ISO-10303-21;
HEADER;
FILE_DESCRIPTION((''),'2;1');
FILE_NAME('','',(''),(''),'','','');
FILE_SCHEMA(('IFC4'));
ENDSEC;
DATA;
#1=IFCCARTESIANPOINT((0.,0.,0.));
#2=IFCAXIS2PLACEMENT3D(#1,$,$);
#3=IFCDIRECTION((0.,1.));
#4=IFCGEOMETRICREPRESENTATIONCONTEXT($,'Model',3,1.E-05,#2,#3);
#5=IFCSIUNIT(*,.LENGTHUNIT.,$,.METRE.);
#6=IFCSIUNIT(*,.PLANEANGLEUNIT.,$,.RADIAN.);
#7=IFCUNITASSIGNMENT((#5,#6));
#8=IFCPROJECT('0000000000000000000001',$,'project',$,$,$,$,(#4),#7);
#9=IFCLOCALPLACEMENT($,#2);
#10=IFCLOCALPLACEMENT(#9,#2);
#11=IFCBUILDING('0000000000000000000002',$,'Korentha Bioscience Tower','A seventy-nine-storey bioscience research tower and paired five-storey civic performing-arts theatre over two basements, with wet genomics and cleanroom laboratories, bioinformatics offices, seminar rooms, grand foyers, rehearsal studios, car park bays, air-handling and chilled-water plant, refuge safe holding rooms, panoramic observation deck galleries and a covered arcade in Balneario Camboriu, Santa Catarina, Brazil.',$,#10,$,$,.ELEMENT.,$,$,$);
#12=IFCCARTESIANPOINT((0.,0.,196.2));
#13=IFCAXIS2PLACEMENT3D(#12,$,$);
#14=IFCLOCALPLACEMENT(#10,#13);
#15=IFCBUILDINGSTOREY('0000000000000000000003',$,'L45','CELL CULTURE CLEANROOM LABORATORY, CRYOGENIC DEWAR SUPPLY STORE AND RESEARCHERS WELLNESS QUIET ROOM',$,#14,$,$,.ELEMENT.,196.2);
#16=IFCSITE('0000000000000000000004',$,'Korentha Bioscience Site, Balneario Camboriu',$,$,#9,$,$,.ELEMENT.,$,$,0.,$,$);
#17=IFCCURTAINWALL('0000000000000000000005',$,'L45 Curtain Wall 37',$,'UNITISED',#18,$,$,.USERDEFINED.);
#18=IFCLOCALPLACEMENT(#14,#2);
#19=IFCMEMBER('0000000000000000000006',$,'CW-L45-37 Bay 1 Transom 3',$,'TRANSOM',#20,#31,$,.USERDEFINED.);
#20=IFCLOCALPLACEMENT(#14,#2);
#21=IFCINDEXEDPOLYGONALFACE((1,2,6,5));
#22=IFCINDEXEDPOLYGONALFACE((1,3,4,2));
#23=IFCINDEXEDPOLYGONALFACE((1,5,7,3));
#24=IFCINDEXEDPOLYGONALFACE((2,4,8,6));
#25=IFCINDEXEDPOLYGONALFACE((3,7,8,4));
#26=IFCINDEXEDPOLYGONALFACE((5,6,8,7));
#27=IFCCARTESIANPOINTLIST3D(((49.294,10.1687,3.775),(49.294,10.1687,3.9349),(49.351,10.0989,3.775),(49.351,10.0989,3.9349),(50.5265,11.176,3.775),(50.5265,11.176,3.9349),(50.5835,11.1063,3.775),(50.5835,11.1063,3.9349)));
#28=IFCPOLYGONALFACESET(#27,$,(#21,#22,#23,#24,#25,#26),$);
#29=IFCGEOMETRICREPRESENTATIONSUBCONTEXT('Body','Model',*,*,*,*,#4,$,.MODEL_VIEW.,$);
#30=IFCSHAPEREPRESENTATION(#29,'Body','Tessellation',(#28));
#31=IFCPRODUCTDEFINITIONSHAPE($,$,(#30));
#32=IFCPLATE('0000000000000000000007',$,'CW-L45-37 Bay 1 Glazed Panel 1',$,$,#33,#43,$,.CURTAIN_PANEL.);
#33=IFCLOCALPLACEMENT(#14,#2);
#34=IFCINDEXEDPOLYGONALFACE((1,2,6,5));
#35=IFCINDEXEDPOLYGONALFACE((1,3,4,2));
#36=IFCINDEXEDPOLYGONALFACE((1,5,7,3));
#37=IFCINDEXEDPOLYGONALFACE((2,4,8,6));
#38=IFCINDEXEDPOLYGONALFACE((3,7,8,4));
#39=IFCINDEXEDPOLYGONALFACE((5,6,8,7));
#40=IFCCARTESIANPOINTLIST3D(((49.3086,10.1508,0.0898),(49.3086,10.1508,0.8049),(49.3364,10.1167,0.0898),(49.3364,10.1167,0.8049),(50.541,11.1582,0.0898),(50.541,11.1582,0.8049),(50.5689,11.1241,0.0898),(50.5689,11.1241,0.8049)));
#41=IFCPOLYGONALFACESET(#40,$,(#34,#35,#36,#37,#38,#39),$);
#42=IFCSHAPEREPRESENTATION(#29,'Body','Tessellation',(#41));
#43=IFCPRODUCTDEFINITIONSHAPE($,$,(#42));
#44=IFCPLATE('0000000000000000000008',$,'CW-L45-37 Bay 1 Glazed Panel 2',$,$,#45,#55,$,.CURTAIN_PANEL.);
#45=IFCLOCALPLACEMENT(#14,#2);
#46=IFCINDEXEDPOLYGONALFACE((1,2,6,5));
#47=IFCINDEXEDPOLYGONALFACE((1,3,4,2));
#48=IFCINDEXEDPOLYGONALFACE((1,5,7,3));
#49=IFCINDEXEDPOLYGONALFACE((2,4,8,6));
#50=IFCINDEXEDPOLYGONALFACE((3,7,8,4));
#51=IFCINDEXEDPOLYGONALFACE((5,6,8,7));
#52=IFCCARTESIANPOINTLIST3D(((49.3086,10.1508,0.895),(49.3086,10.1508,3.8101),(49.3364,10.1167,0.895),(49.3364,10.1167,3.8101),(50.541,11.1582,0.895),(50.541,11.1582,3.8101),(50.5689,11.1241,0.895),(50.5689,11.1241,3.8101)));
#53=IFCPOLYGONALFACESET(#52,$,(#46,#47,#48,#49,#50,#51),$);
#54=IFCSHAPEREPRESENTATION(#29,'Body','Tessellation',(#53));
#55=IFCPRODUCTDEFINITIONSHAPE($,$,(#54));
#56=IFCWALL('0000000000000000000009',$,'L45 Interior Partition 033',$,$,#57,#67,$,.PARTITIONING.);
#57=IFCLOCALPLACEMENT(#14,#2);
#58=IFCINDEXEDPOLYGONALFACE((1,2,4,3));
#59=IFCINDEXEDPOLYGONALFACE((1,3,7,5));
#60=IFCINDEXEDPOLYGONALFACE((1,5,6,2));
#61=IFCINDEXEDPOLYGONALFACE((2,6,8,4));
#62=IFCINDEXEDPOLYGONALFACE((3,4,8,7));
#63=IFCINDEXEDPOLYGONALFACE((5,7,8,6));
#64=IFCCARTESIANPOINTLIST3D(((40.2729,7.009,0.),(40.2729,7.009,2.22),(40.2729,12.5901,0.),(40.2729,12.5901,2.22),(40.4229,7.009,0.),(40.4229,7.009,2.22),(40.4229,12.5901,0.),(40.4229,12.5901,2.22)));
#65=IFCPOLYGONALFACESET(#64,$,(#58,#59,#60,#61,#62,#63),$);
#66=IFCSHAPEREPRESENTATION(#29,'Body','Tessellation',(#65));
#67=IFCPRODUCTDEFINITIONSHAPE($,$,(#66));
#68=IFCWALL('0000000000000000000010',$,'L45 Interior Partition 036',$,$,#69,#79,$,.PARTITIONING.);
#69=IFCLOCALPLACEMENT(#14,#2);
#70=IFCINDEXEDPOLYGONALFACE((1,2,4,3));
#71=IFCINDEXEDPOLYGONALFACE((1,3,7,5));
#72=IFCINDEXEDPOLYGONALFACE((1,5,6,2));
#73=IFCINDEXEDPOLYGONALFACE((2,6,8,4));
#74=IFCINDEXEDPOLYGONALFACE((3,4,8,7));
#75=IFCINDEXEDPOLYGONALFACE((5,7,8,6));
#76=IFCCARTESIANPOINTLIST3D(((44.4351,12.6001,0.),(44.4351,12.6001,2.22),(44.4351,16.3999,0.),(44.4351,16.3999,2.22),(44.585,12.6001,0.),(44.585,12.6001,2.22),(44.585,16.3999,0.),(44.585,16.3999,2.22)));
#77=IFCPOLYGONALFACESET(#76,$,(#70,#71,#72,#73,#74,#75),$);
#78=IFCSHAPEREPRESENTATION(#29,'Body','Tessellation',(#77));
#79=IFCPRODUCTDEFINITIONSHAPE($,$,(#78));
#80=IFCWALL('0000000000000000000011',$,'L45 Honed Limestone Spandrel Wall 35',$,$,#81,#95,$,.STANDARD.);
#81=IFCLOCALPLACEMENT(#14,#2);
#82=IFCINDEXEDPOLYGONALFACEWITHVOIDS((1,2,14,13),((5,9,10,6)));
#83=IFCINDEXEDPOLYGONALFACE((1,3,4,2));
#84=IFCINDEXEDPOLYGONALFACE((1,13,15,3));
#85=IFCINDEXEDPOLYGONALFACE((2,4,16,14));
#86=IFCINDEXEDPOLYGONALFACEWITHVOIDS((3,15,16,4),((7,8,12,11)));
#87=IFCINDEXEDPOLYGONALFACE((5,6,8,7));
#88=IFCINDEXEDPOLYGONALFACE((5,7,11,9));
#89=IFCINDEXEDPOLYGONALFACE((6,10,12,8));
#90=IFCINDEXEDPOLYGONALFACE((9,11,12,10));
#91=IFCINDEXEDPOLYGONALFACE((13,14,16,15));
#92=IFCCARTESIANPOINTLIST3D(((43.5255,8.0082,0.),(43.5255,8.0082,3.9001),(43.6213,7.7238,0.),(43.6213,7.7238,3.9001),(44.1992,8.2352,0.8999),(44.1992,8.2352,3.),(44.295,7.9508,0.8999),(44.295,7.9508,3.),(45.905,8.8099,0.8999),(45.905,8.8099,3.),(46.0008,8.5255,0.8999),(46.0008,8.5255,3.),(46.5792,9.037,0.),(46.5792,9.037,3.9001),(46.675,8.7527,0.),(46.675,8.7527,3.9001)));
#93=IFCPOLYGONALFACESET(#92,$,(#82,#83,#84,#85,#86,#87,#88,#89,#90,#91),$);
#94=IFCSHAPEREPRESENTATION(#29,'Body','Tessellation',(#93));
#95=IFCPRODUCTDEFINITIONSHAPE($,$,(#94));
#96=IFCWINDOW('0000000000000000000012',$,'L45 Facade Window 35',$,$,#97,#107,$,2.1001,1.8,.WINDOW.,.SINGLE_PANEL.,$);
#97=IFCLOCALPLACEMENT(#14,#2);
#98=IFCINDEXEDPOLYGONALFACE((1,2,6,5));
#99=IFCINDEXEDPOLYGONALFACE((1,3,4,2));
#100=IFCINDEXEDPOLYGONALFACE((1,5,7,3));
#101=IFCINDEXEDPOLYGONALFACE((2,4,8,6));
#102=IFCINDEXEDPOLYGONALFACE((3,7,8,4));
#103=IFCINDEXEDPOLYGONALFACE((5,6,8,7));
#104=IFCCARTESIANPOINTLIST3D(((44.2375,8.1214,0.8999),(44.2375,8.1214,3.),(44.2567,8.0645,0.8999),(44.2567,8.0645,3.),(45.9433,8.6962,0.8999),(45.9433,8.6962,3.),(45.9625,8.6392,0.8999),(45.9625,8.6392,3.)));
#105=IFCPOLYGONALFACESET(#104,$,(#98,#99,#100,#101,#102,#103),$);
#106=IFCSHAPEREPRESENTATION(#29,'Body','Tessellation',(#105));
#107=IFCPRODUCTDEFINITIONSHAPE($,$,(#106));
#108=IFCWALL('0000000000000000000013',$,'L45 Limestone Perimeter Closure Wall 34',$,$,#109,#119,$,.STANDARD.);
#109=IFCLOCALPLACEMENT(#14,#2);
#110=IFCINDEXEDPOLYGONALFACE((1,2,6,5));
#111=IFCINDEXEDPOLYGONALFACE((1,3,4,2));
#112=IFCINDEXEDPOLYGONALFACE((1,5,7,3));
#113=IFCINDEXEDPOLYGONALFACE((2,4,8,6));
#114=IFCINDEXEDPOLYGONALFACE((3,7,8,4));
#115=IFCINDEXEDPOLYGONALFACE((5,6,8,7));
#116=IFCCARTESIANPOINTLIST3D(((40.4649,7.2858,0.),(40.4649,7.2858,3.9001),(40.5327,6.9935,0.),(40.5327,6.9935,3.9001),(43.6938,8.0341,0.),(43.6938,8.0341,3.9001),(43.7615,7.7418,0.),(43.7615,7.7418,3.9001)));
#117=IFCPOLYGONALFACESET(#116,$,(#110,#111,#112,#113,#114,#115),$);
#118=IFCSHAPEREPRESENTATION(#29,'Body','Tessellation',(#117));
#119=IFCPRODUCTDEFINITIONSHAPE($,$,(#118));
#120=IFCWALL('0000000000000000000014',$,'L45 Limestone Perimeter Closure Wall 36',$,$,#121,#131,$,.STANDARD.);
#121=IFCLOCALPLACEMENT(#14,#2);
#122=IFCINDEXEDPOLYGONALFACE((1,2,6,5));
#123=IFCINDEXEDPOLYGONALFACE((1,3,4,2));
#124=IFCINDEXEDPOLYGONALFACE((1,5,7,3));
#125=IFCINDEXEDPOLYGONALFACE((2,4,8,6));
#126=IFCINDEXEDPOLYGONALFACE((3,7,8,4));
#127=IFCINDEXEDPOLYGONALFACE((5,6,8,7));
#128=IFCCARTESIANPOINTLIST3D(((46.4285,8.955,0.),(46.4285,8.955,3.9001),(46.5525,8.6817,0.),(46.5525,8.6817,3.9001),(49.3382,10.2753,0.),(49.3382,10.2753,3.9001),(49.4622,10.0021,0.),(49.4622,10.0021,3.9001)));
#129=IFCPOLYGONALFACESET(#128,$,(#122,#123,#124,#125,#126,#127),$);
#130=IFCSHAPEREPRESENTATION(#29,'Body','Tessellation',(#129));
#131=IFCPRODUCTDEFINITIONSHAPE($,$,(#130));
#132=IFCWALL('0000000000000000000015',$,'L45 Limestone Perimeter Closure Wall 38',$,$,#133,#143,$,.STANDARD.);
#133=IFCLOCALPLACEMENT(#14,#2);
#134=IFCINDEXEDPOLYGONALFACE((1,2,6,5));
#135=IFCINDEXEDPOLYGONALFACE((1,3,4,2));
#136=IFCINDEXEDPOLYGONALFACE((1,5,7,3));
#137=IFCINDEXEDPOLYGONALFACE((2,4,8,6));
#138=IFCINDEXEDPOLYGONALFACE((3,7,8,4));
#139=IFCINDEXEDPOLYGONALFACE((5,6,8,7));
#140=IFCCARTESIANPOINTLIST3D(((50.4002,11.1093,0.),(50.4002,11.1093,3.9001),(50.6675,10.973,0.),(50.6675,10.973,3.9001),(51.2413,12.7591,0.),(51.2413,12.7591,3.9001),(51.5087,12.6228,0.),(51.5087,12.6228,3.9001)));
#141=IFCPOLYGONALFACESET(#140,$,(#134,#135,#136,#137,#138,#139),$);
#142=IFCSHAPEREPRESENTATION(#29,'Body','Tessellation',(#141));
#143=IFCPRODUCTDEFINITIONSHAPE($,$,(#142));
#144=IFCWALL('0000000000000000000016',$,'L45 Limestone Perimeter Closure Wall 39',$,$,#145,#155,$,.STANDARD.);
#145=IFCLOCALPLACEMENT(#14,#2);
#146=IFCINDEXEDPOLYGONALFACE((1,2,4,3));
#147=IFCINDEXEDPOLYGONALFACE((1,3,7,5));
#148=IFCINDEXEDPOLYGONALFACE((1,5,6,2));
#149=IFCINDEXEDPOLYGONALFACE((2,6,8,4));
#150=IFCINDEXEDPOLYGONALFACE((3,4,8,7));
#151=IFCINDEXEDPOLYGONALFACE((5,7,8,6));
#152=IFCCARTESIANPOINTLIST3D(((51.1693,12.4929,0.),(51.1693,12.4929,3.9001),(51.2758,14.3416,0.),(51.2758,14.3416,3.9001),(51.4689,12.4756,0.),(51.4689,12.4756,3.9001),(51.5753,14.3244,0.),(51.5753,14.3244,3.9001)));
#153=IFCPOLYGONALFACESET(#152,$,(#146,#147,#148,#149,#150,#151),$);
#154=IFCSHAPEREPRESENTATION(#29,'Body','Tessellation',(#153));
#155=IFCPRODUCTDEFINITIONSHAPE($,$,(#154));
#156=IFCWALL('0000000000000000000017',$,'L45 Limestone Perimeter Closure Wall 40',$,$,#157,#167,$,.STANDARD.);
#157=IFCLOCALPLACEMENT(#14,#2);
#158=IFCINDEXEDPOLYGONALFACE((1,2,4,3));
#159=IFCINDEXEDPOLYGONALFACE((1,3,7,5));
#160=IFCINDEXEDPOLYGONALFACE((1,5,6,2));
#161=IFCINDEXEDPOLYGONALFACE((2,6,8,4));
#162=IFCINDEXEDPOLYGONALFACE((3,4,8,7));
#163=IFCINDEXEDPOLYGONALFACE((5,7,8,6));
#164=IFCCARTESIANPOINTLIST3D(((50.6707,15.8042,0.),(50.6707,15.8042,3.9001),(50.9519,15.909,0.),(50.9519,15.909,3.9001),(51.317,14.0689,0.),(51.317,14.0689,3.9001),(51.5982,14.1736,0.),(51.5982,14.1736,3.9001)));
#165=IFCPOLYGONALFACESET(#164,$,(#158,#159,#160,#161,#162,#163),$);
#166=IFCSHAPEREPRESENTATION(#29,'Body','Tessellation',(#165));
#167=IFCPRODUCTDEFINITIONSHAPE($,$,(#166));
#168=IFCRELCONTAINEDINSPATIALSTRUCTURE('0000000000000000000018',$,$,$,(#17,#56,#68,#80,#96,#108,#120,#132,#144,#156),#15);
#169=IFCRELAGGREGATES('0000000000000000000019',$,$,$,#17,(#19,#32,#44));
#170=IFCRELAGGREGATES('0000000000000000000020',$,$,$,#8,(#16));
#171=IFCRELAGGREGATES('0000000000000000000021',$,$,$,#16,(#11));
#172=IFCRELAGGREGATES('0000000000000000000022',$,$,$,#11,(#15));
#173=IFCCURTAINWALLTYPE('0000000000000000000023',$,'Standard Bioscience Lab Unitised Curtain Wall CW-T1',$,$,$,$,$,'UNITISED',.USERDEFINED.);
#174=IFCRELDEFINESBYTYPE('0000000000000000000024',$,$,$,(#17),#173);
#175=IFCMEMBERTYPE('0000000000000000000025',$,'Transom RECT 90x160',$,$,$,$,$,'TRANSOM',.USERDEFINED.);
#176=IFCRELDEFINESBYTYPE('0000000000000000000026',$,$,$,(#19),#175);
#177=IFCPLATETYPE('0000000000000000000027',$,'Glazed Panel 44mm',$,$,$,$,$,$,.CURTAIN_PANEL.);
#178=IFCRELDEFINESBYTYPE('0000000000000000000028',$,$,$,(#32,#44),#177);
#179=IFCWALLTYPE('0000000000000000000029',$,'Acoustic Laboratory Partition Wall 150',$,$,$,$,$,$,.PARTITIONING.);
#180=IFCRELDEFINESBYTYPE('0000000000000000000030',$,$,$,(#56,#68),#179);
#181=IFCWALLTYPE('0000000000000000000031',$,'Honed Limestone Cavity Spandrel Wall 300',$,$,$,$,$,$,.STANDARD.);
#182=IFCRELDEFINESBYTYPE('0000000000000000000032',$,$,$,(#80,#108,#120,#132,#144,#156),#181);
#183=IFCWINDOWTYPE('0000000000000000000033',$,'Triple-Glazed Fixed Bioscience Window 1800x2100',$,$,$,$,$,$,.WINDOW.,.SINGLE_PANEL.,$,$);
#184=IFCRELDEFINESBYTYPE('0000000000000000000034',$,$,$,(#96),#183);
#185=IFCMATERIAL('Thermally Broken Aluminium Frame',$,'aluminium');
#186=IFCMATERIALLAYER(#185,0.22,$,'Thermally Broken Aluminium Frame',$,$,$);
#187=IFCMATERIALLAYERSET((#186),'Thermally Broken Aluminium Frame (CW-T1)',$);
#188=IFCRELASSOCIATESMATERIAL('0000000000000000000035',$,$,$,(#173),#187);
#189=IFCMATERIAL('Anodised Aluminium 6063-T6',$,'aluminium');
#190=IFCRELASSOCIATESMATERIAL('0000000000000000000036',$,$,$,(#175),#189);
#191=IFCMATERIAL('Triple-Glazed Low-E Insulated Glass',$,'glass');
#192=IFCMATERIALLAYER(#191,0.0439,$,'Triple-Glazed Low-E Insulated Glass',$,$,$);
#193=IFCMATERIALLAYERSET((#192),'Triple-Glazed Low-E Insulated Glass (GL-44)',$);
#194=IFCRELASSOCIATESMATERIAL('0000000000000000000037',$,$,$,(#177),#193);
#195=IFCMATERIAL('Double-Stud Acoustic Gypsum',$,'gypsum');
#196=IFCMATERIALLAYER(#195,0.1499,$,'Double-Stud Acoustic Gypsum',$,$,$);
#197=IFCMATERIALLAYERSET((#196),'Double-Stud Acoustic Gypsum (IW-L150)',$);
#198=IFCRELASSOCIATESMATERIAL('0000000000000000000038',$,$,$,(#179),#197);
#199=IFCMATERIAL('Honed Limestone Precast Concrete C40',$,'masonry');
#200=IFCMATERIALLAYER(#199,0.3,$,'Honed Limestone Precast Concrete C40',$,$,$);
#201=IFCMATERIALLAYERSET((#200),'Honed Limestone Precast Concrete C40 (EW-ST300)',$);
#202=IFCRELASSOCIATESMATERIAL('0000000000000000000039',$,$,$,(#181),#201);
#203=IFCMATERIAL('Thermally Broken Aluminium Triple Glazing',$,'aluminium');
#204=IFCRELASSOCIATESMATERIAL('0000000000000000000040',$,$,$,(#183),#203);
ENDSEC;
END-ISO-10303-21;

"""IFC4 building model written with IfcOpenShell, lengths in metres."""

from ifc_helpers import new_model, si_unit, direction, frame, frame_2d, origin, origin_2d, place, context, subcontext, project, spatial, rectangle, extrude, material, layer, layer_set, material_profile, profile_set, type_object, element, fill, aggregate, save


model = new_model("IFC4")

# Units and contexts
model_context = context("Model", 3, precision=1e-05, world=origin(), true_north=direction((0.0, 1.0)))
body_context = subcontext(model_context, "Body", "Model", "MODEL_VIEW")
ifc_project = project(units=[si_unit("LENGTHUNIT", "METRE"), si_unit("PLANEANGLEUNIT", "RADIAN")], contexts=[model_context])

# Site, building, storey
site_placement = place(None, origin())
site = spatial("IfcSite", under=ifc_project, at=site_placement, Name="Korentha Bioscience Site, Balneario Camboriu", CompositionType="ELEMENT", RefElevation=0.0)
building_placement = place(site_placement, origin())
building = spatial("IfcBuilding", under=site, at=building_placement, Name="Korentha Bioscience Tower", Description="A seventy-nine-storey bioscience research tower and paired five-storey civic performing-arts theatre over two basements, with wet genomics and cleanroom laboratories, bioinformatics offices, seminar rooms, grand foyers, rehearsal studios, car park bays, air-handling and chilled-water plant, refuge safe holding rooms, panoramic observation deck galleries and a covered arcade in Balneario Camboriu, Santa Catarina, Brazil.", CompositionType="ELEMENT")
storey_placement = place(building_placement, frame((0.0, 0.0, 196.2)))
storey = spatial("IfcBuildingStorey", under=building, at=storey_placement, Name="L45", Description="CELL CULTURE CLEANROOM LABORATORY, CRYOGENIC DEWAR SUPPLY STORE AND RESEARCHERS WELLNESS QUIET ROOM", CompositionType="ELEMENT", Elevation=196.2)

# Curtain wall, member, plates
ifc_material_1 = material(Name="Thermally Broken Aluminium Frame", Category="aluminium")
ifc_layer_1 = layer(ifc_material_1, 0.22, Name="Thermally Broken Aluminium Frame")
ifc_layer_set_1 = layer_set([ifc_layer_1], Name="Thermally Broken Aluminium Frame (CW-T1)")
curtain_wall_type = type_object("IfcCurtainWallType", Name="Standard Bioscience Lab Unitised Curtain Wall CW-T1", ElementType="UNITISED", PredefinedType="USERDEFINED", material=ifc_layer_set_1)
curtain_wall_placement = place(storey_placement, origin())
curtain_wall = element("IfcCurtainWall", 1, at=curtain_wall_placement, inside=storey, type_object=curtain_wall_type, Name="L45 Curtain Wall 37", ObjectType="UNITISED", PredefinedType="USERDEFINED")
ifc_material_2 = material(Name="Anodised Aluminium 6063-T6", Category="aluminium")
ifc_material_profile_1 = material_profile(ifc_material_2, rectangle(XDim=0.0901, YDim=0.1599, at=origin_2d()), Name="Anodised Aluminium 6063-T6")
ifc_profile_set_1 = profile_set([ifc_material_profile_1], Name="Anodised Aluminium 6063-T6 (CW-TRN)")
member_type_1 = type_object("IfcMemberType", Name="Transom RECT 90x160", ElementType="TRANSOM", PredefinedType="USERDEFINED", material=ifc_profile_set_1)
member_1_placement = place(storey_placement, frame((49.3225, 10.1338, 3.855), z_axis=(0.774272, 0.632853, 0.0), x_axis=(-0.632853, 0.774272, 0.0)))
member_1 = element("IfcMember", 2, at=member_1_placement, type_object=member_type_1, Name="CW-L45-37 Bay 1 Transom 3", ObjectType="TRANSOM", PredefinedType="USERDEFINED", context=body_context, shape_type="SweptSolid", body=[
    extrude(rectangle(XDim=0.0901, YDim=0.1599, at=origin_2d()), origin(), (0.0, 0.0, 1.0), 1.5918),
])
ifc_material_3 = material(Name="Triple-Glazed Low-E Insulated Glass", Category="glass")
ifc_layer_2 = layer(ifc_material_3, 0.0439, Name="Triple-Glazed Low-E Insulated Glass")
ifc_layer_set_2 = layer_set([ifc_layer_2], Name="Triple-Glazed Low-E Insulated Glass (GL-44)")
plate_type = type_object("IfcPlateType", Name="Glazed Panel 44mm", PredefinedType="CURTAIN_PANEL", material=ifc_layer_set_2)
plate_1_placement = place(storey_placement, frame((49.9387, 10.6375, 0.0898), z_axis=(0.0, 0.0, 1.0), x_axis=(0.774256, 0.632872, 0.0)))
plate_1 = element("IfcPlate", 3, at=plate_1_placement, type_object=plate_type, Name="CW-L45-37 Bay 1 Glazed Panel 1", PredefinedType="CURTAIN_PANEL", context=body_context, shape_type="SweptSolid", body=[
    extrude(rectangle(XDim=1.5918, YDim=0.0439, at=origin_2d()), origin(), (0.0, 0.0, 1.0), 0.7151),
])
plate_2_placement = place(storey_placement, frame((49.9387, 10.6375, 0.895), z_axis=(0.0, 0.0, 1.0), x_axis=(0.774256, 0.632872, 0.0)))
plate_2 = element("IfcPlate", 4, at=plate_2_placement, type_object=plate_type, Name="CW-L45-37 Bay 1 Glazed Panel 2", PredefinedType="CURTAIN_PANEL", context=body_context, shape_type="SweptSolid", body=[
    extrude(rectangle(XDim=1.5918, YDim=0.0439, at=origin_2d()), origin(), (0.0, 0.0, 1.0), 2.915),
])
aggregate(curtain_wall, [member_1, plate_1, plate_2])

# Shared definitions
ifc_material_4 = material(Name="Double-Stud Acoustic Gypsum", Category="gypsum")
ifc_layer_3 = layer(ifc_material_4, 0.1499, Name="Double-Stud Acoustic Gypsum")
ifc_layer_set_3 = layer_set([ifc_layer_3], Name="Double-Stud Acoustic Gypsum (IW-L150)")
wall_type_1 = type_object("IfcWallType", Name="Acoustic Laboratory Partition Wall 150", PredefinedType="PARTITIONING", material=ifc_layer_set_3)

# Walls
wall_1_placement = place(storey_placement, frame((40.3479, 12.5901, 0.0), z_axis=(0.0, 0.0, 1.0), x_axis=(0.0, -1.0, 0.0)))
element("IfcWall", 5, at=wall_1_placement, inside=storey, type_object=wall_type_1, Name="L45 Interior Partition 033", PredefinedType="PARTITIONING", context=body_context, shape_type="SweptSolid", body=[
    extrude(rectangle(XDim=5.5811, YDim=0.1499, at=frame_2d((2.7905, 0.0))), origin(), (0.0, 0.0, 1.0), 2.22),
])
wall_2_placement = place(storey_placement, frame((44.51, 12.6001, 0.0), z_axis=(0.0, 0.0, 1.0), x_axis=(0.0, 1.0, 0.0)))
element("IfcWall", 6, at=wall_2_placement, inside=storey, type_object=wall_type_1, Name="L45 Interior Partition 036", PredefinedType="PARTITIONING", context=body_context, shape_type="SweptSolid", body=[
    extrude(rectangle(XDim=3.7998, YDim=0.1499, at=frame_2d((1.8999, 0.0))), origin(), (0.0, 0.0, 1.0), 2.22),
])

# Wall, opening, window
ifc_material_5 = material(Name="Honed Limestone Precast Concrete C40", Category="masonry")
ifc_layer_4 = layer(ifc_material_5, 0.3, Name="Honed Limestone Precast Concrete C40")
ifc_layer_set_4 = layer_set([ifc_layer_4], Name="Honed Limestone Precast Concrete C40 (EW-ST300)")
wall_type_2 = type_object("IfcWallType", Name="Honed Limestone Cavity Spandrel Wall 300", PredefinedType="STANDARD", material=ifc_layer_set_4)
wall_3_placement = place(storey_placement, frame((43.5732, 7.866, 0.0), z_axis=(0.0, 0.0, 1.0), x_axis=(0.947663, 0.319272, 0.0)))
wall_3 = element("IfcWall", 7, at=wall_3_placement, inside=storey, type_object=wall_type_2, Name="L45 Honed Limestone Spandrel Wall 35", PredefinedType="STANDARD", context=body_context, shape_type="SweptSolid", body=[
    extrude(rectangle(XDim=3.2224, YDim=0.3, at=frame_2d((1.6113, 0.0))), origin(), (0.0, 0.0, 1.0), 3.9001),
])
opening_1_placement = place(wall_3_placement, frame((0.7112, 0.0, 0.8999)))
opening_1 = element("IfcOpeningElement", 8, at=opening_1_placement, cuts=wall_3, PredefinedType="OPENING", context=body_context, shape_type="SweptSolid", body=[
    extrude(rectangle(XDim=1.8, YDim=2.1001, at=frame_2d((0.8999, 1.05))), frame((0.0, 0.165, 0.0), z_axis=(0.0, -1.0, 0.0), x_axis=(1.0, 0.0, 0.0)), (0.0, 0.0, 1.0), 0.3298),
])
ifc_material_6 = material(Name="Thermally Broken Aluminium Triple Glazing", Category="aluminium")
window_type = type_object("IfcWindowType", Name="Triple-Glazed Fixed Bioscience Window 1800x2100", PartitioningType="SINGLE_PANEL", PredefinedType="WINDOW", material=ifc_material_6)
window_placement = place(opening_1_placement, origin())
window = element("IfcWindow", 9, at=window_placement, inside=storey, type_object=window_type, Name="L45 Facade Window 35", OverallHeight=2.1001, OverallWidth=1.8, PartitioningType="SINGLE_PANEL", PredefinedType="WINDOW", context=body_context, shape_type="SweptSolid", body=[
    extrude(rectangle(XDim=1.8, YDim=2.1001, at=frame_2d((0.8999, 1.05))), frame((0.0, 0.03, 0.0), z_axis=(0.0, -1.0, 0.0), x_axis=(1.0, 0.0, 0.0)), (0.0, 0.0, 1.0), 0.0601),
])
fill(opening_1, window)

# Walls
wall_4_placement = place(storey_placement, frame((40.4988, 7.1396, 0.0), z_axis=(0.0, 0.0, 1.0), x_axis=(0.97418, 0.225774, 0.0)))
element("IfcWall", 10, at=wall_4_placement, inside=storey, type_object=wall_type_2, Name="L45 Limestone Perimeter Closure Wall 34", PredefinedType="STANDARD", context=body_context, shape_type="SweptSolid", body=[
    extrude(rectangle(XDim=3.3145, YDim=0.3, at=frame_2d((1.6572, 0.0))), origin(), (0.0, 0.0, 1.0), 3.9001),
])
wall_5_placement = place(storey_placement, frame((46.4905, 8.8184, 0.0), z_axis=(0.0, 0.0, 1.0), x_axis=(0.910633, 0.413216, 0.0)))
element("IfcWall", 11, at=wall_5_placement, inside=storey, type_object=wall_type_2, Name="L45 Limestone Perimeter Closure Wall 36", PredefinedType="STANDARD", context=body_context, shape_type="SweptSolid", body=[
    extrude(rectangle(XDim=3.1953, YDim=0.3, at=frame_2d((1.5977, 0.0))), origin(), (0.0, 0.0, 1.0), 3.9001),
])
for number, where, z_axis, x_axis, name in (
    (12, (50.5339, 11.0413, 0.0), (0.0, 0.0, 1.0), (0.454214, 0.890893, 0.0), "L45 Limestone Perimeter Closure Wall 38"),
    (13, (51.3191, 12.4844, 0.0), (0.0, 0.0, 1.0), (0.057485, 0.998346, 0.0), "L45 Limestone Perimeter Closure Wall 39"),
    (14, (51.4575, 14.1213, 0.0), (0.0, 0.0, 1.0), (-0.348984, 0.937129, 0.0), "L45 Limestone Perimeter Closure Wall 40"),
):
    element("IfcWall", number, at=place(storey_placement, frame(where, z_axis=z_axis, x_axis=x_axis)), inside=storey, type_object=wall_type_2, Name=name, PredefinedType="STANDARD", context=body_context, shape_type="SweptSolid", body=[
        extrude(rectangle(XDim=1.8518, YDim=0.3, at=frame_2d((0.9258, 0.0))), origin(), (0.0, 0.0, 1.0), 3.9001),
    ])

save(model, "model.ifc")
